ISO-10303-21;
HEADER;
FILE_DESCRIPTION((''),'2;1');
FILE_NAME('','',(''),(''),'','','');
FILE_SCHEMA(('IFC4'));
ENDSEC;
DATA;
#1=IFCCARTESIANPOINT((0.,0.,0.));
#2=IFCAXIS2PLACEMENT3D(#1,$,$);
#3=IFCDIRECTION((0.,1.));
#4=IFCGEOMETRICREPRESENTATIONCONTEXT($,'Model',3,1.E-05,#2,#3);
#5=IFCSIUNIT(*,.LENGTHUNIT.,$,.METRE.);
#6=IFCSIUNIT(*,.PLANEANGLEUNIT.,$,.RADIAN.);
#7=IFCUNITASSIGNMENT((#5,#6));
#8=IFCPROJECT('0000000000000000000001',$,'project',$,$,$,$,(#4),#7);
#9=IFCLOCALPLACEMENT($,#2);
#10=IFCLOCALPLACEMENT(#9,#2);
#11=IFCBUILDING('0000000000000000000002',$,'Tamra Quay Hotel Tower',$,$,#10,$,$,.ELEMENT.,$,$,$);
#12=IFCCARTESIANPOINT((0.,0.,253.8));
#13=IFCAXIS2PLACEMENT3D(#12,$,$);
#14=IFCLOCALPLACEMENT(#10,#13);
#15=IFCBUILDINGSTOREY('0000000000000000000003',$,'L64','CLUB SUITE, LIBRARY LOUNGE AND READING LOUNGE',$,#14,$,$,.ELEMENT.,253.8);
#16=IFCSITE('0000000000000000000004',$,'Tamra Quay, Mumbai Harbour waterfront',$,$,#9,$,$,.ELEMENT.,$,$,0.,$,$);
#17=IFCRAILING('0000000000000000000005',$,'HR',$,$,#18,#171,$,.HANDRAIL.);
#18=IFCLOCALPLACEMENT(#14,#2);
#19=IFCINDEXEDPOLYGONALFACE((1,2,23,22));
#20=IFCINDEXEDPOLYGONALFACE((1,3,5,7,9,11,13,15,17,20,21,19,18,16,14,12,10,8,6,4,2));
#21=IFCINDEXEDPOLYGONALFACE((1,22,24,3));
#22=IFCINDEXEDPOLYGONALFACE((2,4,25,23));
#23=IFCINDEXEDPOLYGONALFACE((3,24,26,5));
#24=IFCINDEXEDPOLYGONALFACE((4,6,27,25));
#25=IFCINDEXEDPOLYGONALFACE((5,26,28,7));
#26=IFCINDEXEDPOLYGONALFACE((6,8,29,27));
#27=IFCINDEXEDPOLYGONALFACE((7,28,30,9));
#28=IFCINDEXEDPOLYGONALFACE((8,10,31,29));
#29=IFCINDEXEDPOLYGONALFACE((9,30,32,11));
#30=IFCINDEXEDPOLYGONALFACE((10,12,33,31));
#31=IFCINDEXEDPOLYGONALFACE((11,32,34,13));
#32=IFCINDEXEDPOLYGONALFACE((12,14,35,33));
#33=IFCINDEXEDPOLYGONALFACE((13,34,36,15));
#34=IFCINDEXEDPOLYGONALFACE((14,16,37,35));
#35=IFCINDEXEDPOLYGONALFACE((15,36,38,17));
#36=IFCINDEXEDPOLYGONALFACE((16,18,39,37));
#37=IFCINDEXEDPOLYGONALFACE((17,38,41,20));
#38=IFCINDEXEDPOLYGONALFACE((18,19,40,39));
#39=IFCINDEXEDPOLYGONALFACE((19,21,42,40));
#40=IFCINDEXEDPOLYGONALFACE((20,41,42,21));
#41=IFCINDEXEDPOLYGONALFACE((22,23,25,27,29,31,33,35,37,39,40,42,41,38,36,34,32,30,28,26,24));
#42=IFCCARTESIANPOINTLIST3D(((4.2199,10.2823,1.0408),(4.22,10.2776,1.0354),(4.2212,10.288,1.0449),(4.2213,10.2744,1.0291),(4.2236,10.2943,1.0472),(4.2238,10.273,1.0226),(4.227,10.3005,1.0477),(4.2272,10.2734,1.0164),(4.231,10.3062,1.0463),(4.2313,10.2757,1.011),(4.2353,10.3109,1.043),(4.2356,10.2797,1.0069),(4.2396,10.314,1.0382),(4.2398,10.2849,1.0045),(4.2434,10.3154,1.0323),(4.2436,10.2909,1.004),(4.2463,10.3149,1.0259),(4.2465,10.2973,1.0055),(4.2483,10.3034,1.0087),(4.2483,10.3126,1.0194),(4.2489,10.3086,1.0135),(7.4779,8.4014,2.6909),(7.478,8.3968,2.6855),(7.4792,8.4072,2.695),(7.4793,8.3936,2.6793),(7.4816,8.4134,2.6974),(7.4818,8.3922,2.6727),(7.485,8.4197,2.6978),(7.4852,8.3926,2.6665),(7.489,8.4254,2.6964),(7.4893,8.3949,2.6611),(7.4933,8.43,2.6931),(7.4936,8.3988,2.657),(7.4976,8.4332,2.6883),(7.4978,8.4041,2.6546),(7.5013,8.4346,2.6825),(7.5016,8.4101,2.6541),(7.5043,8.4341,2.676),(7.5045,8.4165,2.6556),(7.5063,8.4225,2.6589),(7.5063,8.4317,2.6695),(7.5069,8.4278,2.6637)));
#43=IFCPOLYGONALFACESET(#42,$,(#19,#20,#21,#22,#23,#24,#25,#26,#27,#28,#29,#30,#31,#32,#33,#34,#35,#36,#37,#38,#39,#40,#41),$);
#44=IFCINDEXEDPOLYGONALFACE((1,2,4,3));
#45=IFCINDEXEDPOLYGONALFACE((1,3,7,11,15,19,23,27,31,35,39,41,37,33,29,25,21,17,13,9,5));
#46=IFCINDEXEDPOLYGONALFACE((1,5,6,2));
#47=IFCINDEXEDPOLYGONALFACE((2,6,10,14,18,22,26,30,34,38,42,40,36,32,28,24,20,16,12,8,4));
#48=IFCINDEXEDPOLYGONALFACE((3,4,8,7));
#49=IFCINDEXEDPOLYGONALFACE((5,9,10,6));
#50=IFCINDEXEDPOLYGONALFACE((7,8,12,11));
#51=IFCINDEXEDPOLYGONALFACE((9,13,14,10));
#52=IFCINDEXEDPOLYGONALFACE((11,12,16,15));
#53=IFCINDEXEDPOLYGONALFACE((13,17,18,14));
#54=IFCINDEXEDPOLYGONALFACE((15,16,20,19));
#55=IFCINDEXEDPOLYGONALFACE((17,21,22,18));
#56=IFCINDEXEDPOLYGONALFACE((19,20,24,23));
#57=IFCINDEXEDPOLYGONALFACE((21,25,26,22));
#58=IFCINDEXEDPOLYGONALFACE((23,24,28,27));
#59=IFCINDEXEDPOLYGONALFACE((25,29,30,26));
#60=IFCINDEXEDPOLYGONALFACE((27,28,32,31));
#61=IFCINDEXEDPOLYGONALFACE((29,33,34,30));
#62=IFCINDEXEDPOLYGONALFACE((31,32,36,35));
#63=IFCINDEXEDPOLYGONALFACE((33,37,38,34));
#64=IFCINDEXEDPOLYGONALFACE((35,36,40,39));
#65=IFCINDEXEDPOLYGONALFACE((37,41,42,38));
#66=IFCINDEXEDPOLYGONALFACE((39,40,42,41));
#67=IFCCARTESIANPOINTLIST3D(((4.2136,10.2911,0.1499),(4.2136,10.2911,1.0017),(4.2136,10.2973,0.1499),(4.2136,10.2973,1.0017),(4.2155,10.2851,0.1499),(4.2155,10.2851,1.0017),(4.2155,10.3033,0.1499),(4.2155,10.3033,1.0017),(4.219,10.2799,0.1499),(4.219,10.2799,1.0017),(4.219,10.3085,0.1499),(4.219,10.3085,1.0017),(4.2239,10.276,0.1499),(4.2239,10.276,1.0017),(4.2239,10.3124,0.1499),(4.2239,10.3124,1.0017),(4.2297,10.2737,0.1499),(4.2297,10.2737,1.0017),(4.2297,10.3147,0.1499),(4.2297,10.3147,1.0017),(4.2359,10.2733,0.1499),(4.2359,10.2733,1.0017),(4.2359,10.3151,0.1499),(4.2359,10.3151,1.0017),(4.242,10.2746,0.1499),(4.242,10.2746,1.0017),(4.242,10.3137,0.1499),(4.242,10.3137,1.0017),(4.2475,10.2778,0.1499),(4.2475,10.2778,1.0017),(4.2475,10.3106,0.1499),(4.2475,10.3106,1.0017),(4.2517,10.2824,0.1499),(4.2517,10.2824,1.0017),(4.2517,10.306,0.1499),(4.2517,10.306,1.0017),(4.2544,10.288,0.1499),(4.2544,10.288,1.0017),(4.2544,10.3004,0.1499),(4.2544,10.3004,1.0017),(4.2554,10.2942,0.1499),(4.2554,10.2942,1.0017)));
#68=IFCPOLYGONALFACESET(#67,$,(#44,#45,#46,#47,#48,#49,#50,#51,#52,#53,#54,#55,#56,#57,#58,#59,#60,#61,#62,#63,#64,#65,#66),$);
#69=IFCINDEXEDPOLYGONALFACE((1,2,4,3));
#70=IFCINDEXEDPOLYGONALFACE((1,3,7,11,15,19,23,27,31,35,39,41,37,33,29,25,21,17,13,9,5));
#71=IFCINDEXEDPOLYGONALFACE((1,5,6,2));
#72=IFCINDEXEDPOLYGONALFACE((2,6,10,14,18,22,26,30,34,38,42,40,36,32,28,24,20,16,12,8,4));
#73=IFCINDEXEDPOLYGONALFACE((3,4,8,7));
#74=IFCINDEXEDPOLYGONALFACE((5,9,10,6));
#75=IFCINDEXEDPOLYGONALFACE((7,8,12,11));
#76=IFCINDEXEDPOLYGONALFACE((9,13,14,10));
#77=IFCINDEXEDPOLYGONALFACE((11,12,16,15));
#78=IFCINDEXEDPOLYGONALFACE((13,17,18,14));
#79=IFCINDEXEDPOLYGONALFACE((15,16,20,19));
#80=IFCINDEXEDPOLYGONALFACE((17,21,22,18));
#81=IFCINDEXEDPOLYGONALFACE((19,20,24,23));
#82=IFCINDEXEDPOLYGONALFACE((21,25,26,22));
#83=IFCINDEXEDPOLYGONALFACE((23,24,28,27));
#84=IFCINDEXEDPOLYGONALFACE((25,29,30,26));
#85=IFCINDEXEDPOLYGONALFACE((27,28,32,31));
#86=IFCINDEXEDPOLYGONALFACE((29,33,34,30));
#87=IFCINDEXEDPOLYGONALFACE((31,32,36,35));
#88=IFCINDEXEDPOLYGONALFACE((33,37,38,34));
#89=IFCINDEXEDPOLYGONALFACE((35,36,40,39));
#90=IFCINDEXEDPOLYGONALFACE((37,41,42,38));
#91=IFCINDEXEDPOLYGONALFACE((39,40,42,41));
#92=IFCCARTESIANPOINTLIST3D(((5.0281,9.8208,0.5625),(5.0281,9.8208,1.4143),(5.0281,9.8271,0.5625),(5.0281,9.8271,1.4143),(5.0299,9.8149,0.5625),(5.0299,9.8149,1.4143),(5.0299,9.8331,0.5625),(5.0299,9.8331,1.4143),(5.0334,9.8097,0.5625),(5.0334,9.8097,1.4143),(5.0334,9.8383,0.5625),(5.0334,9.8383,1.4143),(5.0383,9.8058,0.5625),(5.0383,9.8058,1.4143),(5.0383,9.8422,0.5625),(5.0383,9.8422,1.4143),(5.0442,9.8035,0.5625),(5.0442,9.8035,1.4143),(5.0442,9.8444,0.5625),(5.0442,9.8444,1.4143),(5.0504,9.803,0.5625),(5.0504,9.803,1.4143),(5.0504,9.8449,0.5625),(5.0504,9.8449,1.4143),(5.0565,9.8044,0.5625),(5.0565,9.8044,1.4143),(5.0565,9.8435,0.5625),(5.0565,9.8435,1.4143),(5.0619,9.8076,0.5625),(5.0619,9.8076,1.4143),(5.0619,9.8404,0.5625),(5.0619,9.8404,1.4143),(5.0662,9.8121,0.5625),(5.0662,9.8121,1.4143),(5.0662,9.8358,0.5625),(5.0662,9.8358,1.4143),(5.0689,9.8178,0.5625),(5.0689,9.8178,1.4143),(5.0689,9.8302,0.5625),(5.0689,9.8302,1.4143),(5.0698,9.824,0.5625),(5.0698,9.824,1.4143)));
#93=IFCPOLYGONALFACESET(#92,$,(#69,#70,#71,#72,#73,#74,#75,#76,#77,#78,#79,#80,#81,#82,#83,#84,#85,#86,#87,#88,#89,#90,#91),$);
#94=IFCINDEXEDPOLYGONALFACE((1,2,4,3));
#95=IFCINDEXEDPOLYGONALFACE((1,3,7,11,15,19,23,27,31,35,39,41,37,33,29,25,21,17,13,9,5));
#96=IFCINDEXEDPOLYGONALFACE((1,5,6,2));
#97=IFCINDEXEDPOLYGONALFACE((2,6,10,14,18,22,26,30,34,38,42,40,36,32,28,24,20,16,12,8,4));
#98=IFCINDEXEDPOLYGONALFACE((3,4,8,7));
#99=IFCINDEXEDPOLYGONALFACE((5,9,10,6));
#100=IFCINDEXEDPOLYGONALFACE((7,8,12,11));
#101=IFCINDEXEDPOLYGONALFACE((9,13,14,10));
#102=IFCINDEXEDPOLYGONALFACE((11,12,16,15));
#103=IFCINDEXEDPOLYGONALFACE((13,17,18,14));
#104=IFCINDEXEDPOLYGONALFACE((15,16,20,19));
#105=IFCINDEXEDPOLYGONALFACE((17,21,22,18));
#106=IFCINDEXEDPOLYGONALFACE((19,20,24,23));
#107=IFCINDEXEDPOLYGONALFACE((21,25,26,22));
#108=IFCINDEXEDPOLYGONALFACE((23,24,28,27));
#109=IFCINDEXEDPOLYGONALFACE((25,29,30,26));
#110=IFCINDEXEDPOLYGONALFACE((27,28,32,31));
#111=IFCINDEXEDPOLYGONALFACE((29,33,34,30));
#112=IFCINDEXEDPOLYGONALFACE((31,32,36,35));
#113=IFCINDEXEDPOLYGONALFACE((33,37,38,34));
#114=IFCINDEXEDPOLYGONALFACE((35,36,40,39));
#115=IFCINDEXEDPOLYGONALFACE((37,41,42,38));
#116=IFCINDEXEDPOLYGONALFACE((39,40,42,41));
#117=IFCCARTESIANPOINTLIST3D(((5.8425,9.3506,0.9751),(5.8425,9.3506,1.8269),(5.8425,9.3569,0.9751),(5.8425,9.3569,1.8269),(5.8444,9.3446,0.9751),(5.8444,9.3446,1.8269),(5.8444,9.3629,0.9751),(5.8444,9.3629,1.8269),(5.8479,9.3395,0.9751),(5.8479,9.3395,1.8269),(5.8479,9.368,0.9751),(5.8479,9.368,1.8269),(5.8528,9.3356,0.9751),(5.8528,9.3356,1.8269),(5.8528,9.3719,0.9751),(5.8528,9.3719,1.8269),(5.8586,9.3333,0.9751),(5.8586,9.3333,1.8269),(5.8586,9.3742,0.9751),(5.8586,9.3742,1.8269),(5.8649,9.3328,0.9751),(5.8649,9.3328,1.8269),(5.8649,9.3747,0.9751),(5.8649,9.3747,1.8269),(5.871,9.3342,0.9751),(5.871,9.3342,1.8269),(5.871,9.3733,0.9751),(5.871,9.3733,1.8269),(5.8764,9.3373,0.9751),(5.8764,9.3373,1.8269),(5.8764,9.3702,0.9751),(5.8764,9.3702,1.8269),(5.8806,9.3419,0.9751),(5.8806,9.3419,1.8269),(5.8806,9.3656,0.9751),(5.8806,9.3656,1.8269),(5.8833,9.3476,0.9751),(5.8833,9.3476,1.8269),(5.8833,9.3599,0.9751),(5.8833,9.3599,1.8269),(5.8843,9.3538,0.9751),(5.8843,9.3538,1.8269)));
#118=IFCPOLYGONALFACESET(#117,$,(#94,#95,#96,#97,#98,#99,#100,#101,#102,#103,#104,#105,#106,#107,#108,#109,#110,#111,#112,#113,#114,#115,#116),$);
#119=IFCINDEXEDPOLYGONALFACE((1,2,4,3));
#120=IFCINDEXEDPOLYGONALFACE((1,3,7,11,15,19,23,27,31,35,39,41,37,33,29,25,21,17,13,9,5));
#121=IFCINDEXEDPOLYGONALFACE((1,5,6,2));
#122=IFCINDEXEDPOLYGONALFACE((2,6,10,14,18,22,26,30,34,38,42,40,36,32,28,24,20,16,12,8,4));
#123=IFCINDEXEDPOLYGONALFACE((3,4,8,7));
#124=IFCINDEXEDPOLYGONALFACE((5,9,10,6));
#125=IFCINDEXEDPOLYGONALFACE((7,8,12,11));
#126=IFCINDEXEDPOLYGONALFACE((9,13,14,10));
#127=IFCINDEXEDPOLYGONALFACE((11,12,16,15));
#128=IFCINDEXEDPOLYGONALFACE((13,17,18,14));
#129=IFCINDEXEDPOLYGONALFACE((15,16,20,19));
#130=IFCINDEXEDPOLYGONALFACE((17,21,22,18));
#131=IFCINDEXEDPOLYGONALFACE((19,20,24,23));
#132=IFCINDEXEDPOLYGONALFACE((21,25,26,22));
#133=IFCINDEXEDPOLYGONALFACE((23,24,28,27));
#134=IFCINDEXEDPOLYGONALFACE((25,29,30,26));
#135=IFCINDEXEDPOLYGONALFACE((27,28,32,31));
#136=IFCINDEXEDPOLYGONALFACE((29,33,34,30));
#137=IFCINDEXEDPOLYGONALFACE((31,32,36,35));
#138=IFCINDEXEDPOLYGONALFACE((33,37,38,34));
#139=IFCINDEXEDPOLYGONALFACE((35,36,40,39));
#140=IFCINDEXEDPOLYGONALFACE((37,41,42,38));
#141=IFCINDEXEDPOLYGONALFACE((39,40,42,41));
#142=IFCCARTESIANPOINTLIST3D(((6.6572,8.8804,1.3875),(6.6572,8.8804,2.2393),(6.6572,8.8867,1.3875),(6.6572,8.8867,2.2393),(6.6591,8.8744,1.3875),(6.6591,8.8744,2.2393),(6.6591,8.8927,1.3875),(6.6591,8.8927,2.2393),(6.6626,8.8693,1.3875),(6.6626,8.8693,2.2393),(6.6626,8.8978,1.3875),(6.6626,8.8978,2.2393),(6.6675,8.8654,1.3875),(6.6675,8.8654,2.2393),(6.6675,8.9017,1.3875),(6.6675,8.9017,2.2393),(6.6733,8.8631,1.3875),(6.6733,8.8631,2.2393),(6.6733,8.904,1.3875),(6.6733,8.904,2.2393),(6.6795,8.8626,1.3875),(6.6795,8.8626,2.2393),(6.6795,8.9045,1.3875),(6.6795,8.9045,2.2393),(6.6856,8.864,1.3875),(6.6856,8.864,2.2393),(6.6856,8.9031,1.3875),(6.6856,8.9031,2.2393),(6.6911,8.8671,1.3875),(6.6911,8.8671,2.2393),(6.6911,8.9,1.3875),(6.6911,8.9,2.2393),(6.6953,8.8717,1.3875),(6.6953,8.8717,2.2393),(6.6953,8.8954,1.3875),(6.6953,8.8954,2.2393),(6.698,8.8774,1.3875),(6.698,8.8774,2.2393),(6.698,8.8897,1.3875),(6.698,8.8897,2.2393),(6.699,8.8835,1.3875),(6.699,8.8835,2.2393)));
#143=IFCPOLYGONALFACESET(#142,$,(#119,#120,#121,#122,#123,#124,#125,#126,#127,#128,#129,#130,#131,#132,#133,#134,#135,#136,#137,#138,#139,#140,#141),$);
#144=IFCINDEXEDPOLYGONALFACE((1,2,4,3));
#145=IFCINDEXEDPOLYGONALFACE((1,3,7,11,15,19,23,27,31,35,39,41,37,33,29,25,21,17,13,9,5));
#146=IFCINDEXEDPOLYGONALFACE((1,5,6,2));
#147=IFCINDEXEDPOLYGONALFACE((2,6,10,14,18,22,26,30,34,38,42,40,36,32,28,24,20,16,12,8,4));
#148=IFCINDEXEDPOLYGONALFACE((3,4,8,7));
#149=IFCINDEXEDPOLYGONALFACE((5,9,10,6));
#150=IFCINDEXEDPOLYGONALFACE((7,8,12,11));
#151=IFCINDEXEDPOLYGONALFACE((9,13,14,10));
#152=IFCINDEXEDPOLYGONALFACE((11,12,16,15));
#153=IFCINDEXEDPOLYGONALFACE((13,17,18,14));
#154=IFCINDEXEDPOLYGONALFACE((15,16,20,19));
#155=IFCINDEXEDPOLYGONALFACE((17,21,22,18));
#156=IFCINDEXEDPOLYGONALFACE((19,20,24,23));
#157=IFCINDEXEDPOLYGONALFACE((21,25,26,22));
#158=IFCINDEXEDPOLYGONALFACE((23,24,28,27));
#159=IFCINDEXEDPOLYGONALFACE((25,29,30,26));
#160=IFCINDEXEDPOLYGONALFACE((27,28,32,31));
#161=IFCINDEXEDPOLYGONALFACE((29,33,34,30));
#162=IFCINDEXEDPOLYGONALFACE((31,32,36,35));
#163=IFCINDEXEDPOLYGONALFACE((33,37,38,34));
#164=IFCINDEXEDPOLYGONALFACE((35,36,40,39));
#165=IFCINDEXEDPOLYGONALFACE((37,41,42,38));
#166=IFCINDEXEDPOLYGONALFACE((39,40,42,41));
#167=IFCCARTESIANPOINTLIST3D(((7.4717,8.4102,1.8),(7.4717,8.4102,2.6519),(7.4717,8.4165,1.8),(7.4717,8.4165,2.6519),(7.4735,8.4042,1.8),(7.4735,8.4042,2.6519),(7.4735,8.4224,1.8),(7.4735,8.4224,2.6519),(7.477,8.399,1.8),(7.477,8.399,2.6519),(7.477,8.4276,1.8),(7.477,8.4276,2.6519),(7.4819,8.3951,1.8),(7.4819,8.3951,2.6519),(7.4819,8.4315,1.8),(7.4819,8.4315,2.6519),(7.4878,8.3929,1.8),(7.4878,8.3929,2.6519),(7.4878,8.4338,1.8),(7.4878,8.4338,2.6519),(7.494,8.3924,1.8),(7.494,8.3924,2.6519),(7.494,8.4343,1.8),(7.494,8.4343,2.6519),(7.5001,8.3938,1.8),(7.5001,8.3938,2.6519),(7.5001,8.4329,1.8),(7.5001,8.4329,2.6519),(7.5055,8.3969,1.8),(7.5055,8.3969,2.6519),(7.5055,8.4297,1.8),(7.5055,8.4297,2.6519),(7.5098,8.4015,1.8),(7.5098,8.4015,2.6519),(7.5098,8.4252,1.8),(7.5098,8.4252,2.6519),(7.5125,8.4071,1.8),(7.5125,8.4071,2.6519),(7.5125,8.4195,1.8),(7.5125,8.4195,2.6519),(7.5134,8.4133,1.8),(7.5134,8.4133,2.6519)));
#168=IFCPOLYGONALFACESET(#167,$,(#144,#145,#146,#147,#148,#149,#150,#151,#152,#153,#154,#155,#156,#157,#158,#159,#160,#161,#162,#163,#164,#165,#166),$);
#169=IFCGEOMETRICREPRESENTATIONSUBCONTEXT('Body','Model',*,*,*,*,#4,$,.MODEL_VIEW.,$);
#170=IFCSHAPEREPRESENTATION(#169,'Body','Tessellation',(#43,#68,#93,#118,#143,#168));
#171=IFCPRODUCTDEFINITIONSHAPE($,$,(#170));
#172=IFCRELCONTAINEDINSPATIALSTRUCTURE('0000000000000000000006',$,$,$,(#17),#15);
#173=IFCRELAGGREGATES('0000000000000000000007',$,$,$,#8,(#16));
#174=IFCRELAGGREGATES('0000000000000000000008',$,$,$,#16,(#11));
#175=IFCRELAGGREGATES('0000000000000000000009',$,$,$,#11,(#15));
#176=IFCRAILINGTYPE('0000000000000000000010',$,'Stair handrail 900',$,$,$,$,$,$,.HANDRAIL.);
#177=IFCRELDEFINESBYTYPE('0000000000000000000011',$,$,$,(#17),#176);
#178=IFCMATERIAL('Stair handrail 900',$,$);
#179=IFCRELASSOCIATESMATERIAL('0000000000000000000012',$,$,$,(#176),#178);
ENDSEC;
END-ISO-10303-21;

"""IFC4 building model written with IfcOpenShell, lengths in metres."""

from ifc_helpers import new_model, si_unit, direction, frame, origin, origin_2d, place, context, subcontext, project, spatial, circle, extrude, material, type_object, element, save


model = new_model("IFC4")

# Units and contexts
model_context = context("Model", 3, precision=1e-05, world=origin(), true_north=direction((0.0, 1.0)))
body_context = subcontext(model_context, "Body", "Model", "MODEL_VIEW")
ifc_project = project(units=[si_unit("LENGTHUNIT", "METRE"), si_unit("PLANEANGLEUNIT", "RADIAN")], contexts=[model_context])

# Site, building, storey
site_placement = place(None, origin())
site = spatial("IfcSite", under=ifc_project, at=site_placement, Name="Tamra Quay, Mumbai Harbour waterfront", CompositionType="ELEMENT", RefElevation=0.0)
building_placement = place(site_placement, origin())
building = spatial("IfcBuilding", under=site, at=building_placement, Name="Tamra Quay Hotel Tower", CompositionType="ELEMENT")
storey_placement = place(building_placement, frame((0.0, 0.0, 253.8)))
storey = spatial("IfcBuildingStorey", under=building, at=storey_placement, Name="L64", Description="CLUB SUITE, LIBRARY LOUNGE AND READING LOUNGE", CompositionType="ELEMENT", Elevation=253.8)

# Railing
ifc_material_1 = material(Name="Stair handrail 900")
railing_type = type_object("IfcRailingType", Name="Stair handrail 900", PredefinedType="HANDRAIL", material=ifc_material_1)
railing_placement = place(storey_placement, frame((4.2344, 10.2942, 0.1499)))
element("IfcRailing", 1, at=railing_placement, inside=storey, type_object=railing_type, Name="HR", PredefinedType="HANDRAIL", context=body_context, shape_type="SweptSolid", body=[
    extrude(circle(Radius=0.0239, at=origin_2d()), frame((0.0, 0.0, 0.876), z_axis=(0.793103, -0.457854, 0.401692), x_axis=(0.499964, 0.866046, 0.0)), (0.0, 0.0, 1.0), 4.1079),
    extrude(circle(Radius=0.021, at=origin_2d()), origin(), (0.0, 0.0, 1.0), 0.8518),
    extrude(circle(Radius=0.021, at=origin_2d()), frame((0.8145, -0.4702, 0.4126)), (0.0, 0.0, 1.0), 0.8518),
    extrude(circle(Radius=0.021, at=origin_2d()), frame((1.6289, -0.9404, 0.8252)), (0.0, 0.0, 1.0), 0.8518),
    extrude(circle(Radius=0.021, at=origin_2d()), frame((2.4436, -1.4106, 1.2375)), (0.0, 0.0, 1.0), 0.8518),
    extrude(circle(Radius=0.021, at=origin_2d()), frame((3.2581, -1.8809, 1.6501)), (0.0, 0.0, 1.0), 0.8518),
])

save(model, "model.ifc")
